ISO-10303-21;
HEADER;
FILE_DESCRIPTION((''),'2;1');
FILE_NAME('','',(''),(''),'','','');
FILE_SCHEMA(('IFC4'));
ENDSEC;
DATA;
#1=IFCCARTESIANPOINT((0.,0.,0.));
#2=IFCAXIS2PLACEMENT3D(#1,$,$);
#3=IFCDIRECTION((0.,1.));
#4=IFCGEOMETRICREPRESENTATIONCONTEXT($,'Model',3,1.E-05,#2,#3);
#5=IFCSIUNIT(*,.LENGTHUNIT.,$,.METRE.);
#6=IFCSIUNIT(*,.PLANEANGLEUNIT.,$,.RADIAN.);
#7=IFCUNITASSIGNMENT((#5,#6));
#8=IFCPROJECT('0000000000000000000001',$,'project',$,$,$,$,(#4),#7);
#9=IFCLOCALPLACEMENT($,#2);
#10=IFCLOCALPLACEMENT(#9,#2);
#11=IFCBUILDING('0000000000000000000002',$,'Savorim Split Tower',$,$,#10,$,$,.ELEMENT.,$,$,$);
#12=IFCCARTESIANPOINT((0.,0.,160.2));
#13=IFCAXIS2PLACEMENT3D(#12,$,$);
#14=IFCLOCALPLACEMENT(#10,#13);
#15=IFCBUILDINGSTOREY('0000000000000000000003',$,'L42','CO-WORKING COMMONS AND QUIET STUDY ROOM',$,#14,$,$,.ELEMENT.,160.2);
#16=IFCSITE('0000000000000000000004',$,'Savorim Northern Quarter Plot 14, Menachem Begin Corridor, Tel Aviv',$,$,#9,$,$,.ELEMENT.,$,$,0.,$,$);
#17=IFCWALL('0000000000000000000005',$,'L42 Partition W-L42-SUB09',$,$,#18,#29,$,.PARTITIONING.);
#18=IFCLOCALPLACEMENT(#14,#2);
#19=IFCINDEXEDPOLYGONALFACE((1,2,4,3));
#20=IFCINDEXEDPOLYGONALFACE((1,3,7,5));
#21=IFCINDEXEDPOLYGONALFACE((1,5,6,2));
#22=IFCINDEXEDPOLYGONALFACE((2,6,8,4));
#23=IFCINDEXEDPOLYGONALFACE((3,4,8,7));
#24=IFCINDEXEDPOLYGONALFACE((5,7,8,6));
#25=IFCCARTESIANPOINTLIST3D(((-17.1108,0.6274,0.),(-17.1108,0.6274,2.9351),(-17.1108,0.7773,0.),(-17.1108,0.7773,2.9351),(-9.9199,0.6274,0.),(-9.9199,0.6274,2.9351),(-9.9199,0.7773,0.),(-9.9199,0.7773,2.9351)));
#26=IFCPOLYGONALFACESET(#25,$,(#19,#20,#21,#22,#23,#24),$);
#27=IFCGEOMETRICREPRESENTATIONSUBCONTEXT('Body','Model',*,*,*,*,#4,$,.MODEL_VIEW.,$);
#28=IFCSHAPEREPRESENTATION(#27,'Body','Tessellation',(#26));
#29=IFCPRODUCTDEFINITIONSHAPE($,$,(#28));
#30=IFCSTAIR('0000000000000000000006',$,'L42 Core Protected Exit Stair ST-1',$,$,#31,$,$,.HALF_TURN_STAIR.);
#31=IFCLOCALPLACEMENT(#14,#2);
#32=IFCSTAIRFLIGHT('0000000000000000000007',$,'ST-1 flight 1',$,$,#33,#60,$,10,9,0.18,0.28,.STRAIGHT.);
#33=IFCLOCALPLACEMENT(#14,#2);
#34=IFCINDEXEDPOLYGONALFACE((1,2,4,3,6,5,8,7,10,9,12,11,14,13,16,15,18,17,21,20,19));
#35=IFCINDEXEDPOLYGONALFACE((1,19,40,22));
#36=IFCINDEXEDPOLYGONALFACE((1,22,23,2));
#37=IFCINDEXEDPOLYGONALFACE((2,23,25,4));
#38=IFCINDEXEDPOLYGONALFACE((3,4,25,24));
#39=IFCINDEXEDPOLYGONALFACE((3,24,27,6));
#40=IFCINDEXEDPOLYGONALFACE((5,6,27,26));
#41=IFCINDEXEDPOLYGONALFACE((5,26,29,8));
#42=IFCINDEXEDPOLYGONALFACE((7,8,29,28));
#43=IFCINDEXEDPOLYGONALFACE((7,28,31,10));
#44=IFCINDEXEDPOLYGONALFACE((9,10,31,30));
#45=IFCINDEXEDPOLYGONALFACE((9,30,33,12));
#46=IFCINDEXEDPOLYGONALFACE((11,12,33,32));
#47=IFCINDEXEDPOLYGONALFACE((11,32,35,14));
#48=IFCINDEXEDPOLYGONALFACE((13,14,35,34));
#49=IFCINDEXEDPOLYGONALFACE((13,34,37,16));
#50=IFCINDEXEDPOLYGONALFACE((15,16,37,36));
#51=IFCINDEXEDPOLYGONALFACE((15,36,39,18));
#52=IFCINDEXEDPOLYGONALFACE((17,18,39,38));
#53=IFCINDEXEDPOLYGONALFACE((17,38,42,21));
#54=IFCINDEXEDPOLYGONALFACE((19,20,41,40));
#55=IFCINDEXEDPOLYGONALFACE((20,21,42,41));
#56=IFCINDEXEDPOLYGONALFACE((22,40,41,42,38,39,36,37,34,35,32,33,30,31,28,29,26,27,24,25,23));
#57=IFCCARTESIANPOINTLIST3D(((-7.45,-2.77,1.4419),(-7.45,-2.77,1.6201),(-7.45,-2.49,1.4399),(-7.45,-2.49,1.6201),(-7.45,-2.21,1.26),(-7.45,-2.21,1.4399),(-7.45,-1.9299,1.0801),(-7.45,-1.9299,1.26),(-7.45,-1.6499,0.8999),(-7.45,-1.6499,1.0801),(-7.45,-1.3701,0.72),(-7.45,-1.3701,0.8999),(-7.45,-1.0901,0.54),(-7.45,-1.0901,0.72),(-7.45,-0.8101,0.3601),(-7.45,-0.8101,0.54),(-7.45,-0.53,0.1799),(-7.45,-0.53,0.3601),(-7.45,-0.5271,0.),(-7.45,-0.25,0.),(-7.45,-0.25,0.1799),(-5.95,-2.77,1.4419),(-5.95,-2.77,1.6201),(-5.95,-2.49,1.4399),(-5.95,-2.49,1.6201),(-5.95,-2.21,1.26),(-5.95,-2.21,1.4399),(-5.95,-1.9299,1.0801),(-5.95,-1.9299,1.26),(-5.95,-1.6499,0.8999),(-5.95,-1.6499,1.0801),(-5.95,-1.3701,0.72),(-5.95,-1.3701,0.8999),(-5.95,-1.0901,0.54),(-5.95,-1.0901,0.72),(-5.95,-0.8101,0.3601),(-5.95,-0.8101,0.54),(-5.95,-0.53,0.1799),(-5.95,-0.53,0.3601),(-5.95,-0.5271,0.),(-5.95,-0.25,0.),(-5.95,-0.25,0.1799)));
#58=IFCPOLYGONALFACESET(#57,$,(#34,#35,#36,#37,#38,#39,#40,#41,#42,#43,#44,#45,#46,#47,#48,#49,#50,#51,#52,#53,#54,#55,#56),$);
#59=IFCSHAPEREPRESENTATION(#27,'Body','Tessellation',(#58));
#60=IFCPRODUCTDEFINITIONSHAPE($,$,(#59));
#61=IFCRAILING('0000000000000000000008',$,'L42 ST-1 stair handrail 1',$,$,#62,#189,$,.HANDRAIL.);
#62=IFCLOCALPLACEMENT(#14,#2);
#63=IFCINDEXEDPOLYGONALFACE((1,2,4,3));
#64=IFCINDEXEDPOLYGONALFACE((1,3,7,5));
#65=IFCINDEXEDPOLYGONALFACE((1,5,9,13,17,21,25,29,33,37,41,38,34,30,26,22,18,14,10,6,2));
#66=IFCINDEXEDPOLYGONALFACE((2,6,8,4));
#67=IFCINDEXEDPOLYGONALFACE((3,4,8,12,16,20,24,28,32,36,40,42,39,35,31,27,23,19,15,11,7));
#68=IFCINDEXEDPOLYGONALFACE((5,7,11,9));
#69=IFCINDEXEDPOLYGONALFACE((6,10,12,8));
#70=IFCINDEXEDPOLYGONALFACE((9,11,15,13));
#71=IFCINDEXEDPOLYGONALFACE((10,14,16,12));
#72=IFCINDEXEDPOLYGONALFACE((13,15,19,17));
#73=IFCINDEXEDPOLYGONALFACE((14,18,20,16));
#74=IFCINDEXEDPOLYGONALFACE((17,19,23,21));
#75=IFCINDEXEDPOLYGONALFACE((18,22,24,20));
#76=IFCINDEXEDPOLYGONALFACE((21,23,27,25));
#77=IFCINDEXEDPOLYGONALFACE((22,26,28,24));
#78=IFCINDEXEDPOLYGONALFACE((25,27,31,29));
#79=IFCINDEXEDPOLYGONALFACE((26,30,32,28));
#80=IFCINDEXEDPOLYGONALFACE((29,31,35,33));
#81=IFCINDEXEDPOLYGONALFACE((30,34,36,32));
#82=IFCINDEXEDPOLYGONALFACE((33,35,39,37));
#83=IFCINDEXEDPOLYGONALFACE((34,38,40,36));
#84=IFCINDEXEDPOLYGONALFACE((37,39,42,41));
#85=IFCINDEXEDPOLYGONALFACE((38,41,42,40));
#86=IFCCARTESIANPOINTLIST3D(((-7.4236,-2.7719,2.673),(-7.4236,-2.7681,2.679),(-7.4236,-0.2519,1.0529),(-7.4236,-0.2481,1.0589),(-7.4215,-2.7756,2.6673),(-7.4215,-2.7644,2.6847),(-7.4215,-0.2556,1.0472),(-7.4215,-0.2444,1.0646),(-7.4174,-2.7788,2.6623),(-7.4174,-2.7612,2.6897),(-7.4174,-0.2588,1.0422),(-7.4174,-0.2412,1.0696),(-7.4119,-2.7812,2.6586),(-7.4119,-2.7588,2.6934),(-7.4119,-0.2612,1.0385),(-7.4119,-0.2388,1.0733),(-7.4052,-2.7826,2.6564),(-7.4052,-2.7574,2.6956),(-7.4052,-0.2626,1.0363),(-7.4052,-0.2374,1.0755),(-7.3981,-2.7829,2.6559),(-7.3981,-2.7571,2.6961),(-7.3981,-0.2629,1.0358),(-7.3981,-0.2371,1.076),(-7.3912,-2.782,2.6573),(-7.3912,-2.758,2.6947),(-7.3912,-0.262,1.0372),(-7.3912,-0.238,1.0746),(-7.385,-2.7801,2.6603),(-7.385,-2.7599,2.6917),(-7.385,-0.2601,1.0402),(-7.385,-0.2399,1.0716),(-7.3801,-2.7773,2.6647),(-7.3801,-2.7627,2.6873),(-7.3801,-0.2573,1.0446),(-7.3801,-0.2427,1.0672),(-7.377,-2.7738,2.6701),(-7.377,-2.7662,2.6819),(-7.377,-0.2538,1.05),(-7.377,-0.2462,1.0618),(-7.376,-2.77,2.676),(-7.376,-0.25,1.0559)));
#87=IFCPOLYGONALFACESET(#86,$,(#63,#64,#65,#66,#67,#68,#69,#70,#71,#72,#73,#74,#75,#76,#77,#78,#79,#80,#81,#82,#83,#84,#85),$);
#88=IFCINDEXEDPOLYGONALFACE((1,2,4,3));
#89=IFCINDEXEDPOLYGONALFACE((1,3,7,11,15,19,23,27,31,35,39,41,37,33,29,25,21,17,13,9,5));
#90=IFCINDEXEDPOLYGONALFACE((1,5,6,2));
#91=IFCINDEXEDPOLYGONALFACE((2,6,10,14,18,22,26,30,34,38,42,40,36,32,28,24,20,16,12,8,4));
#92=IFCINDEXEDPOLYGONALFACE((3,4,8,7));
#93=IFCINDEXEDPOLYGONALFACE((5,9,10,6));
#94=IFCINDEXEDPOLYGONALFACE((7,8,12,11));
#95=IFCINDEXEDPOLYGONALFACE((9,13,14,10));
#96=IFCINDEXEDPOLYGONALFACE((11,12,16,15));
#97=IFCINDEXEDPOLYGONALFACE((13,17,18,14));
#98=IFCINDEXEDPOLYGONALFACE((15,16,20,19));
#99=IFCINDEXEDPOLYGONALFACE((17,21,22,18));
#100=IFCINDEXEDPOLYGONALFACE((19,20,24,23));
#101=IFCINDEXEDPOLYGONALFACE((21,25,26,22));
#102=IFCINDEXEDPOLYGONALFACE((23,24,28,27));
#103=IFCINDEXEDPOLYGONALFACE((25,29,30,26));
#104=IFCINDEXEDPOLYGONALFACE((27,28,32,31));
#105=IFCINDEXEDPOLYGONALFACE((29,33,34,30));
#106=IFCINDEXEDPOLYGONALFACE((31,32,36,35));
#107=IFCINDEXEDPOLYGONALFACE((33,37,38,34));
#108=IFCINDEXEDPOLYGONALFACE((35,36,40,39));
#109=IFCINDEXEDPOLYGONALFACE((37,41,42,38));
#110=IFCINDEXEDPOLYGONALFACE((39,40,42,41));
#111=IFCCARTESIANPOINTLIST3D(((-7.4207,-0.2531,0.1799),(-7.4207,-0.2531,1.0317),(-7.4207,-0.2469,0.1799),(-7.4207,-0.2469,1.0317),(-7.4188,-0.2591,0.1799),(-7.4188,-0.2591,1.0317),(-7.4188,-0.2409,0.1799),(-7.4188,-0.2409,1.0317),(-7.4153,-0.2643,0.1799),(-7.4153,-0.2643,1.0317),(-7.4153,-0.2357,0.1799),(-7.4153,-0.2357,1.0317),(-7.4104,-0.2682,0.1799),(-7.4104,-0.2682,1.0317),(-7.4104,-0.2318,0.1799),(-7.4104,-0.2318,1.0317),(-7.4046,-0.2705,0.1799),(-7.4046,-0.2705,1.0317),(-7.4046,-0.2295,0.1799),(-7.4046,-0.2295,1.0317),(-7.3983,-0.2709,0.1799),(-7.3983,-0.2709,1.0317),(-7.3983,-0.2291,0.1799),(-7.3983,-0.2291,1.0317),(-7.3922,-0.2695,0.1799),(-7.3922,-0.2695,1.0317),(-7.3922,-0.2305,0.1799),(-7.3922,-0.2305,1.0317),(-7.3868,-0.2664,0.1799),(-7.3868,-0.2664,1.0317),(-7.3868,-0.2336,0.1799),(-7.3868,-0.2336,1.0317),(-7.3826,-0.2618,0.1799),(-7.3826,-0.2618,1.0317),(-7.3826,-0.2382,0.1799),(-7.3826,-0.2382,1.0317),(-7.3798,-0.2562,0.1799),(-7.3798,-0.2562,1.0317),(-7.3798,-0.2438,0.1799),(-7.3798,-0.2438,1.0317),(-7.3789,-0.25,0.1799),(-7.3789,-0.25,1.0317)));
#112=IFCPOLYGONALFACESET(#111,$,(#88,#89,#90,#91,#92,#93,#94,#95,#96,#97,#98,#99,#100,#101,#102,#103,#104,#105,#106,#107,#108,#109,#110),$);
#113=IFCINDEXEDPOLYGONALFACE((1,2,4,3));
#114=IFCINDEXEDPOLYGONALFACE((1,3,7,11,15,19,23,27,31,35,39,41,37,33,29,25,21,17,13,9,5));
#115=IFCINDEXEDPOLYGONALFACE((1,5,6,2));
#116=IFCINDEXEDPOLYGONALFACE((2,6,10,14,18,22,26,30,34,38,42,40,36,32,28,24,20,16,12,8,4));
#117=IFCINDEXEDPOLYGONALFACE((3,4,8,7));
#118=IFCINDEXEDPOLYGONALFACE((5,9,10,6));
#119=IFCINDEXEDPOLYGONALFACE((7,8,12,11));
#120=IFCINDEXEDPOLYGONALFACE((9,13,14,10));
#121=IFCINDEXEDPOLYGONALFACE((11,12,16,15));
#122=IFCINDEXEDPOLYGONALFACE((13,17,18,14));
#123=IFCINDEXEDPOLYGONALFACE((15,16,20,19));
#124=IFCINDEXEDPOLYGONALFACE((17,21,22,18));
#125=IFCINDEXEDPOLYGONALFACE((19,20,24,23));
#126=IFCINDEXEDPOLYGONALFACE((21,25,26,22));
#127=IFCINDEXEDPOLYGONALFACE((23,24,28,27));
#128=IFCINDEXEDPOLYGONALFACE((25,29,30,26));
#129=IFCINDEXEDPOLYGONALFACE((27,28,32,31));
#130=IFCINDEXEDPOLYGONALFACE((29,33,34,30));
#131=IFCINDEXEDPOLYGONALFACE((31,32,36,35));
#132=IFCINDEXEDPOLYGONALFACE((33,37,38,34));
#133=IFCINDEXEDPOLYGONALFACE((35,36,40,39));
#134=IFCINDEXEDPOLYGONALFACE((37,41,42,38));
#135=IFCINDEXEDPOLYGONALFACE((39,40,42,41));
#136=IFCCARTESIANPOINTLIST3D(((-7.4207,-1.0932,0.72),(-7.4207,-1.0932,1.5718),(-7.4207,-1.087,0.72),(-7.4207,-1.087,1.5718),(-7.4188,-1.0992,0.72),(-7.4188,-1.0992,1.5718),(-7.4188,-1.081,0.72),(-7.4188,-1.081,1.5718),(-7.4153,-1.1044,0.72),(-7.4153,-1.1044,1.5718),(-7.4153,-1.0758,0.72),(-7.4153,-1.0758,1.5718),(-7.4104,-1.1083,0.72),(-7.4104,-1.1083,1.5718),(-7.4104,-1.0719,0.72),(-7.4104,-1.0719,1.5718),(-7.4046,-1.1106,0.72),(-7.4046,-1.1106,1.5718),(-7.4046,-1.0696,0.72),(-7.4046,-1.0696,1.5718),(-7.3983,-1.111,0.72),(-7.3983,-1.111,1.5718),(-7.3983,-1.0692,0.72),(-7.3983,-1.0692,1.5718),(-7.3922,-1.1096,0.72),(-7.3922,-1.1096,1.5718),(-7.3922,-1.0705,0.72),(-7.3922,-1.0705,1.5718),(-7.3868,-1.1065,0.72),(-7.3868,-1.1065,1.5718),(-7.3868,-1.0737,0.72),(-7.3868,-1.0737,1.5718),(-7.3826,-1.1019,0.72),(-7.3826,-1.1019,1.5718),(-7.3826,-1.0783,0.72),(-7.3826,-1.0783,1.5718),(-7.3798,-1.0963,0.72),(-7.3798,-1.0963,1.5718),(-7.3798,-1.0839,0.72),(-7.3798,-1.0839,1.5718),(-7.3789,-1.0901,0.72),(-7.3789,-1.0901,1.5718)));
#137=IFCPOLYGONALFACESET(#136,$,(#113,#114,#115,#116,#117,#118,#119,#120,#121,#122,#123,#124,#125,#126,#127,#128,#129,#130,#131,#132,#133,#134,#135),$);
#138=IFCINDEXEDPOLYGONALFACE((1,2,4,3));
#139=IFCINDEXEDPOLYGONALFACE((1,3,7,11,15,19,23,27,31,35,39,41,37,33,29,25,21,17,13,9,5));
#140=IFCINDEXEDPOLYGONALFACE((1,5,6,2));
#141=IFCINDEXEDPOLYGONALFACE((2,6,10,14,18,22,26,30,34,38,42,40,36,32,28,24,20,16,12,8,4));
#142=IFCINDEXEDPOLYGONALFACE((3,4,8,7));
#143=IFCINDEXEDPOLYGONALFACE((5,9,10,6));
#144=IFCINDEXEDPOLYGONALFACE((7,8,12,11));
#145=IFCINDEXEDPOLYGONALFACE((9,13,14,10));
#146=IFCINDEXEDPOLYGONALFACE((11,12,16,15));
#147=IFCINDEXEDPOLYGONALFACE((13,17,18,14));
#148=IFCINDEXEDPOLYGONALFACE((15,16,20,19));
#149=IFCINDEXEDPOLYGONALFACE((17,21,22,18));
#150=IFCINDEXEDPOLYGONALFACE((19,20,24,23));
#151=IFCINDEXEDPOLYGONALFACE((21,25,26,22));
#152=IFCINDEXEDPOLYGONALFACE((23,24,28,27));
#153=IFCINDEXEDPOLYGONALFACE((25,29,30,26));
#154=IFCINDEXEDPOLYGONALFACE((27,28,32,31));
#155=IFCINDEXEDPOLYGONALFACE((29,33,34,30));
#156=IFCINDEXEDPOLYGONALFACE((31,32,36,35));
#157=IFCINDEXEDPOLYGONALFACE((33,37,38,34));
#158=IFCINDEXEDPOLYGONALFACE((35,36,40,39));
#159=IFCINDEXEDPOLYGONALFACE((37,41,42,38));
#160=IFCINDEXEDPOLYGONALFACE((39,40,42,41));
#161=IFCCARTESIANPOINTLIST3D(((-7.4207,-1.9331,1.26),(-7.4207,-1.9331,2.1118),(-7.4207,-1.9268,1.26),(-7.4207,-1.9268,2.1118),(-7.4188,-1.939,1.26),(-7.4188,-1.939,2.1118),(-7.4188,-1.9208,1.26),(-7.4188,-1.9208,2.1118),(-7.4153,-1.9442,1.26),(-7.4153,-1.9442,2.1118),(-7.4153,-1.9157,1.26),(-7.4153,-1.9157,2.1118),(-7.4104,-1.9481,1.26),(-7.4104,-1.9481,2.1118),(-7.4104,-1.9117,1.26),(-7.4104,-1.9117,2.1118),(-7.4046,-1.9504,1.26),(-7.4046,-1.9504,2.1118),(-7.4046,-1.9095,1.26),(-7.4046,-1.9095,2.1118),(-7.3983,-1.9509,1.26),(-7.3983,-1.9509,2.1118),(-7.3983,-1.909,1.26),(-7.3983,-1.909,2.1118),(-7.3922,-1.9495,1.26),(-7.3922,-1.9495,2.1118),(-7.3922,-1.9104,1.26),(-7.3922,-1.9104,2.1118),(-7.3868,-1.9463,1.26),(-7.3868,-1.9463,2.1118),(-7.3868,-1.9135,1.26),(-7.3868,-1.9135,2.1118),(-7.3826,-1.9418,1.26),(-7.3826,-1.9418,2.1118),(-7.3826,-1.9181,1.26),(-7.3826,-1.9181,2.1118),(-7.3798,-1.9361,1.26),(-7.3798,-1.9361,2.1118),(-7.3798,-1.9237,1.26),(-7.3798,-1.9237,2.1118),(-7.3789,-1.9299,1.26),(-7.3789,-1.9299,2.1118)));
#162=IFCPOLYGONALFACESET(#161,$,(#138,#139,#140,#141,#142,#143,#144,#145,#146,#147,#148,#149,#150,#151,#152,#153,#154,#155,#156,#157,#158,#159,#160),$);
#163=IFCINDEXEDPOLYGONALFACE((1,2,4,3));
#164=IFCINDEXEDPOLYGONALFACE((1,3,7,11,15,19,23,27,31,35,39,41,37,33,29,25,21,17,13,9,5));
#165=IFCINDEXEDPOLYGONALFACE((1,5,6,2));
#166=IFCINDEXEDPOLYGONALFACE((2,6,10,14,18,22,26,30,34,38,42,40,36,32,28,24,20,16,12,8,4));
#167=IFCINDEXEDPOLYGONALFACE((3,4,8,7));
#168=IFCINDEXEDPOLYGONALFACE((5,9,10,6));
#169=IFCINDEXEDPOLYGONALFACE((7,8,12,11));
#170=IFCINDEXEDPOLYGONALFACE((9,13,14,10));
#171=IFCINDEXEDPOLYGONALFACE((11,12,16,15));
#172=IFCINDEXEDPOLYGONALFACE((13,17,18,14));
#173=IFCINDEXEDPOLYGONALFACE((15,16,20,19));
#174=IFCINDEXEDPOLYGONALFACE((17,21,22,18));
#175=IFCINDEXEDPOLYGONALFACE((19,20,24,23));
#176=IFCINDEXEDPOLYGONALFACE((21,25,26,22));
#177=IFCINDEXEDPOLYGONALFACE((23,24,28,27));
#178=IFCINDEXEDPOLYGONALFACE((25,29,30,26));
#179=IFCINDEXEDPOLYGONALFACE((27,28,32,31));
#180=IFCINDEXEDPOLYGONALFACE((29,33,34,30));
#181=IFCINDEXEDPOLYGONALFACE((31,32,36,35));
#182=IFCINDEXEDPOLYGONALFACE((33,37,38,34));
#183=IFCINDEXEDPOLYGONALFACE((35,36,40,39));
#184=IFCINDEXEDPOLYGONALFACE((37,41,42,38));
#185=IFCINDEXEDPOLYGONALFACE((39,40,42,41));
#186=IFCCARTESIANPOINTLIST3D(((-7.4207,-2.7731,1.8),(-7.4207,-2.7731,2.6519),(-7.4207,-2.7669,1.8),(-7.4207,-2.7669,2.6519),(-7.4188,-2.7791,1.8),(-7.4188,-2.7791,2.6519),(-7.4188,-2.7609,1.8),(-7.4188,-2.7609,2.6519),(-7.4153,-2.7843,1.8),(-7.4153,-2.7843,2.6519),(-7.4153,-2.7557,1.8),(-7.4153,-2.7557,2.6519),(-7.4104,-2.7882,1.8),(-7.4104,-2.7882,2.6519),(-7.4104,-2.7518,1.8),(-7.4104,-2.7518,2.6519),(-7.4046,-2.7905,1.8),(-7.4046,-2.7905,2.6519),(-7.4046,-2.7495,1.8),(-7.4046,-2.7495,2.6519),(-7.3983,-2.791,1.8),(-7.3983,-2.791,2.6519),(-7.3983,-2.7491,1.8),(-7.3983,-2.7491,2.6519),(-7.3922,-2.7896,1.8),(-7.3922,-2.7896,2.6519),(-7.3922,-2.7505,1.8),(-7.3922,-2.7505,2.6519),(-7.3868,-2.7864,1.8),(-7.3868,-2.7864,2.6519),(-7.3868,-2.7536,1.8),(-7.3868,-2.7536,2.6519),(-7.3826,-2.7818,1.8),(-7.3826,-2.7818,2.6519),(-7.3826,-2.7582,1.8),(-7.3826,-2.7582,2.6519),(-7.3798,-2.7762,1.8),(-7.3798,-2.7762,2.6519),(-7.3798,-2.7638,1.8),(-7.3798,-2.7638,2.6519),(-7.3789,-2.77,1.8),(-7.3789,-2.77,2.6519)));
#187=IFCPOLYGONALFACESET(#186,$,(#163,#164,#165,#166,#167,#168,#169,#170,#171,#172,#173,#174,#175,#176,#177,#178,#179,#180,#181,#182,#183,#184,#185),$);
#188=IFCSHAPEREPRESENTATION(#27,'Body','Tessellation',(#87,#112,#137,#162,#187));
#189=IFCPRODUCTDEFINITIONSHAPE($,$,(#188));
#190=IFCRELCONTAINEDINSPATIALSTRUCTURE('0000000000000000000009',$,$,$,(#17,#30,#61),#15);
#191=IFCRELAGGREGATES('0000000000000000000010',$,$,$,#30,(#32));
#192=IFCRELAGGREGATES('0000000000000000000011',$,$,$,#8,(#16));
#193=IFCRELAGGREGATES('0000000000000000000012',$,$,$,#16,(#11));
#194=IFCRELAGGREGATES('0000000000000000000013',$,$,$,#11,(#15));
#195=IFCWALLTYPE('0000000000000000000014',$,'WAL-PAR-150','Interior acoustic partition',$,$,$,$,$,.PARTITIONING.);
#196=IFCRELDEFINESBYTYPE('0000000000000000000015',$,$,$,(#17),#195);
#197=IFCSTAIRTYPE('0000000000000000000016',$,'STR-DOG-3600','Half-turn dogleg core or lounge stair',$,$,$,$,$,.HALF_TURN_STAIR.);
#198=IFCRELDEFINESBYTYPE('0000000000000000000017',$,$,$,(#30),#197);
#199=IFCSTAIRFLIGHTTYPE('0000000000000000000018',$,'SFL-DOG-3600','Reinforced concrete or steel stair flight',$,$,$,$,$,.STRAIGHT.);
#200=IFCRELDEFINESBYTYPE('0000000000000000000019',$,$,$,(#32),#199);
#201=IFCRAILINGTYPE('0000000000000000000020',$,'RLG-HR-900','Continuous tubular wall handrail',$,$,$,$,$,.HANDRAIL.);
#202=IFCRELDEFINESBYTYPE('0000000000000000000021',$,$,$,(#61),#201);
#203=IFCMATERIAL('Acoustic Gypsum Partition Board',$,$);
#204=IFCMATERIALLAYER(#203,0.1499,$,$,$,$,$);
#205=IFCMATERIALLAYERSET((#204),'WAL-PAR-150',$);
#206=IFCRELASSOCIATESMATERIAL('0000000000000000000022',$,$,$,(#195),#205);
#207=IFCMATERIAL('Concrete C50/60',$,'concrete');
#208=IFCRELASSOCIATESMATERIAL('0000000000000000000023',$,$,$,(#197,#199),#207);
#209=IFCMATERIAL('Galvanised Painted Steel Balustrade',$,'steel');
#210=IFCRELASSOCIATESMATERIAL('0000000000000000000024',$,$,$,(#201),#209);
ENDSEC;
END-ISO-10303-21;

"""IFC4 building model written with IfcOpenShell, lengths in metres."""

from ifc_helpers import new_model, si_unit, direction, frame, frame_2d, origin, origin_2d, place, context, subcontext, project, spatial, polyline, rectangle, circle, outline, extrude, material, layer, layer_set, type_object, element, aggregate, save


model = new_model("IFC4")

# Units and contexts
model_context = context("Model", 3, precision=1e-05, world=origin(), true_north=direction((0.0, 1.0)))
body_context = subcontext(model_context, "Body", "Model", "MODEL_VIEW")
ifc_project = project(units=[si_unit("LENGTHUNIT", "METRE"), si_unit("PLANEANGLEUNIT", "RADIAN")], contexts=[model_context])

# Site, building, storey
site_placement = place(None, origin())
site = spatial("IfcSite", under=ifc_project, at=site_placement, Name="Savorim Northern Quarter Plot 14, Menachem Begin Corridor, Tel Aviv", CompositionType="ELEMENT", RefElevation=0.0)
building_placement = place(site_placement, origin())
building = spatial("IfcBuilding", under=site, at=building_placement, Name="Savorim Split Tower", CompositionType="ELEMENT")
storey_placement = place(building_placement, frame((0.0, 0.0, 160.2)))
storey = spatial("IfcBuildingStorey", under=building, at=storey_placement, Name="L42", Description="CO-WORKING COMMONS AND QUIET STUDY ROOM", CompositionType="ELEMENT", Elevation=160.2)

# Shared definitions
ifc_material_1 = material(Name="Concrete C50/60", Category="concrete")

# Wall
ifc_material_2 = material(Name="Acoustic Gypsum Partition Board")
ifc_layer_1 = layer(ifc_material_2, 0.1499)
ifc_layer_set_1 = layer_set([ifc_layer_1], Name="WAL-PAR-150")
wall_type_1 = type_object("IfcWallType", Name="WAL-PAR-150", Description="Interior acoustic partition", PredefinedType="PARTITIONING", material=ifc_layer_set_1)
wall_1_placement = place(storey_placement, frame((-9.9199, 0.7024, 0.0), z_axis=(0.0, 0.0, 1.0), x_axis=(-1.0, 0.0, 0.0)))
element("IfcWall", 1, at=wall_1_placement, inside=storey, type_object=wall_type_1, Name="L42 Partition W-L42-SUB09", PredefinedType="PARTITIONING", context=body_context, shape_type="SweptSolid", body=[
    extrude(rectangle(XDim=7.1909, YDim=0.1499, at=frame_2d((3.5955, 0.0))), origin(), (0.0, 0.0, 1.0), 2.9351),
])

# Stair, stair flight
stair_type = type_object("IfcStairType", Name="STR-DOG-3600", Description="Half-turn dogleg core or lounge stair", PredefinedType="HALF_TURN_STAIR", material=ifc_material_1)
stair_placement = place(storey_placement, origin())
stair = element("IfcStair", 2, at=stair_placement, inside=storey, type_object=stair_type, Name="L42 Core Protected Exit Stair ST-1", PredefinedType="HALF_TURN_STAIR")
stair_flight_type = type_object("IfcStairFlightType", Name="SFL-DOG-3600", Description="Reinforced concrete or steel stair flight", PredefinedType="STRAIGHT", material=ifc_material_1)
stair_flight_placement = place(storey_placement, frame((-6.7, -0.25, 0.0), z_axis=(0.0, 0.0, 1.0), x_axis=(0.0, -1.0, 0.0)))
stair_flight = element("IfcStairFlight", 3, at=stair_flight_placement, type_object=stair_flight_type, Name="ST-1 flight 1", NumberOfRisers=10, NumberOfTreads=9, PredefinedType="STRAIGHT", RiserHeight=0.18, TreadLength=0.28, context=body_context, shape_type="SweptSolid", body=[
    extrude(outline(polyline([(0.0, 0.0), (0.0, 0.1799), (0.28, 0.1799), (0.28, 0.3601), (0.5601, 0.3601), (0.5601, 0.54), (0.8401, 0.54), (0.8401, 0.72), (1.1201, 0.72), (1.1201, 0.8999), (1.3999, 0.8999), (1.3999, 1.0801), (1.6799, 1.0801), (1.6799, 1.26), (1.96, 1.26), (1.96, 1.4399), (2.24, 1.4399), (2.24, 1.6201), (2.52, 1.6201), (2.52, 1.8), (2.52, 1.4419), (0.2771, 0.0), (0.0, 0.0)])), frame((0.0, 0.75, 0.0), z_axis=(0.0, -1.0, 0.0), x_axis=(1.0, 0.0, 0.0)), (0.0, 0.0, 1.0), 1.5),
])
aggregate(stair, [stair_flight])

# Railing
ifc_material_3 = material(Name="Galvanised Painted Steel Balustrade", Category="steel")
railing_type_1 = type_object("IfcRailingType", Name="RLG-HR-900", Description="Continuous tubular wall handrail", PredefinedType="HANDRAIL", material=ifc_material_3)
railing_1_placement = place(storey_placement, frame((-7.3999, -0.25, 0.1799)))
element("IfcRailing", 4, at=railing_1_placement, inside=storey, type_object=railing_type_1, Name="L42 ST-1 stair handrail 1", PredefinedType="HANDRAIL", context=body_context, shape_type="SweptSolid", body=[
    extrude(circle(Radius=0.0239, at=origin_2d()), frame((0.0, 0.0, 0.876), z_axis=(0.0, -0.841163, 0.540782), x_axis=(1.0, 0.0, 0.0)), (0.0, 0.0, 1.0), 2.9958),
    extrude(circle(Radius=0.021, at=origin_2d()), origin(), (0.0, 0.0, 1.0), 0.8518),
    extrude(circle(Radius=0.021, at=origin_2d()), frame((0.0, -0.8401, 0.54)), (0.0, 0.0, 1.0), 0.8518),
    extrude(circle(Radius=0.021, at=origin_2d()), frame((0.0, -1.6799, 1.0801)), (0.0, 0.0, 1.0), 0.8518),
    extrude(circle(Radius=0.021, at=origin_2d()), frame((0.0, -2.52, 1.6201)), (0.0, 0.0, 1.0), 0.8518),
])

save(model, "model.ifc")
